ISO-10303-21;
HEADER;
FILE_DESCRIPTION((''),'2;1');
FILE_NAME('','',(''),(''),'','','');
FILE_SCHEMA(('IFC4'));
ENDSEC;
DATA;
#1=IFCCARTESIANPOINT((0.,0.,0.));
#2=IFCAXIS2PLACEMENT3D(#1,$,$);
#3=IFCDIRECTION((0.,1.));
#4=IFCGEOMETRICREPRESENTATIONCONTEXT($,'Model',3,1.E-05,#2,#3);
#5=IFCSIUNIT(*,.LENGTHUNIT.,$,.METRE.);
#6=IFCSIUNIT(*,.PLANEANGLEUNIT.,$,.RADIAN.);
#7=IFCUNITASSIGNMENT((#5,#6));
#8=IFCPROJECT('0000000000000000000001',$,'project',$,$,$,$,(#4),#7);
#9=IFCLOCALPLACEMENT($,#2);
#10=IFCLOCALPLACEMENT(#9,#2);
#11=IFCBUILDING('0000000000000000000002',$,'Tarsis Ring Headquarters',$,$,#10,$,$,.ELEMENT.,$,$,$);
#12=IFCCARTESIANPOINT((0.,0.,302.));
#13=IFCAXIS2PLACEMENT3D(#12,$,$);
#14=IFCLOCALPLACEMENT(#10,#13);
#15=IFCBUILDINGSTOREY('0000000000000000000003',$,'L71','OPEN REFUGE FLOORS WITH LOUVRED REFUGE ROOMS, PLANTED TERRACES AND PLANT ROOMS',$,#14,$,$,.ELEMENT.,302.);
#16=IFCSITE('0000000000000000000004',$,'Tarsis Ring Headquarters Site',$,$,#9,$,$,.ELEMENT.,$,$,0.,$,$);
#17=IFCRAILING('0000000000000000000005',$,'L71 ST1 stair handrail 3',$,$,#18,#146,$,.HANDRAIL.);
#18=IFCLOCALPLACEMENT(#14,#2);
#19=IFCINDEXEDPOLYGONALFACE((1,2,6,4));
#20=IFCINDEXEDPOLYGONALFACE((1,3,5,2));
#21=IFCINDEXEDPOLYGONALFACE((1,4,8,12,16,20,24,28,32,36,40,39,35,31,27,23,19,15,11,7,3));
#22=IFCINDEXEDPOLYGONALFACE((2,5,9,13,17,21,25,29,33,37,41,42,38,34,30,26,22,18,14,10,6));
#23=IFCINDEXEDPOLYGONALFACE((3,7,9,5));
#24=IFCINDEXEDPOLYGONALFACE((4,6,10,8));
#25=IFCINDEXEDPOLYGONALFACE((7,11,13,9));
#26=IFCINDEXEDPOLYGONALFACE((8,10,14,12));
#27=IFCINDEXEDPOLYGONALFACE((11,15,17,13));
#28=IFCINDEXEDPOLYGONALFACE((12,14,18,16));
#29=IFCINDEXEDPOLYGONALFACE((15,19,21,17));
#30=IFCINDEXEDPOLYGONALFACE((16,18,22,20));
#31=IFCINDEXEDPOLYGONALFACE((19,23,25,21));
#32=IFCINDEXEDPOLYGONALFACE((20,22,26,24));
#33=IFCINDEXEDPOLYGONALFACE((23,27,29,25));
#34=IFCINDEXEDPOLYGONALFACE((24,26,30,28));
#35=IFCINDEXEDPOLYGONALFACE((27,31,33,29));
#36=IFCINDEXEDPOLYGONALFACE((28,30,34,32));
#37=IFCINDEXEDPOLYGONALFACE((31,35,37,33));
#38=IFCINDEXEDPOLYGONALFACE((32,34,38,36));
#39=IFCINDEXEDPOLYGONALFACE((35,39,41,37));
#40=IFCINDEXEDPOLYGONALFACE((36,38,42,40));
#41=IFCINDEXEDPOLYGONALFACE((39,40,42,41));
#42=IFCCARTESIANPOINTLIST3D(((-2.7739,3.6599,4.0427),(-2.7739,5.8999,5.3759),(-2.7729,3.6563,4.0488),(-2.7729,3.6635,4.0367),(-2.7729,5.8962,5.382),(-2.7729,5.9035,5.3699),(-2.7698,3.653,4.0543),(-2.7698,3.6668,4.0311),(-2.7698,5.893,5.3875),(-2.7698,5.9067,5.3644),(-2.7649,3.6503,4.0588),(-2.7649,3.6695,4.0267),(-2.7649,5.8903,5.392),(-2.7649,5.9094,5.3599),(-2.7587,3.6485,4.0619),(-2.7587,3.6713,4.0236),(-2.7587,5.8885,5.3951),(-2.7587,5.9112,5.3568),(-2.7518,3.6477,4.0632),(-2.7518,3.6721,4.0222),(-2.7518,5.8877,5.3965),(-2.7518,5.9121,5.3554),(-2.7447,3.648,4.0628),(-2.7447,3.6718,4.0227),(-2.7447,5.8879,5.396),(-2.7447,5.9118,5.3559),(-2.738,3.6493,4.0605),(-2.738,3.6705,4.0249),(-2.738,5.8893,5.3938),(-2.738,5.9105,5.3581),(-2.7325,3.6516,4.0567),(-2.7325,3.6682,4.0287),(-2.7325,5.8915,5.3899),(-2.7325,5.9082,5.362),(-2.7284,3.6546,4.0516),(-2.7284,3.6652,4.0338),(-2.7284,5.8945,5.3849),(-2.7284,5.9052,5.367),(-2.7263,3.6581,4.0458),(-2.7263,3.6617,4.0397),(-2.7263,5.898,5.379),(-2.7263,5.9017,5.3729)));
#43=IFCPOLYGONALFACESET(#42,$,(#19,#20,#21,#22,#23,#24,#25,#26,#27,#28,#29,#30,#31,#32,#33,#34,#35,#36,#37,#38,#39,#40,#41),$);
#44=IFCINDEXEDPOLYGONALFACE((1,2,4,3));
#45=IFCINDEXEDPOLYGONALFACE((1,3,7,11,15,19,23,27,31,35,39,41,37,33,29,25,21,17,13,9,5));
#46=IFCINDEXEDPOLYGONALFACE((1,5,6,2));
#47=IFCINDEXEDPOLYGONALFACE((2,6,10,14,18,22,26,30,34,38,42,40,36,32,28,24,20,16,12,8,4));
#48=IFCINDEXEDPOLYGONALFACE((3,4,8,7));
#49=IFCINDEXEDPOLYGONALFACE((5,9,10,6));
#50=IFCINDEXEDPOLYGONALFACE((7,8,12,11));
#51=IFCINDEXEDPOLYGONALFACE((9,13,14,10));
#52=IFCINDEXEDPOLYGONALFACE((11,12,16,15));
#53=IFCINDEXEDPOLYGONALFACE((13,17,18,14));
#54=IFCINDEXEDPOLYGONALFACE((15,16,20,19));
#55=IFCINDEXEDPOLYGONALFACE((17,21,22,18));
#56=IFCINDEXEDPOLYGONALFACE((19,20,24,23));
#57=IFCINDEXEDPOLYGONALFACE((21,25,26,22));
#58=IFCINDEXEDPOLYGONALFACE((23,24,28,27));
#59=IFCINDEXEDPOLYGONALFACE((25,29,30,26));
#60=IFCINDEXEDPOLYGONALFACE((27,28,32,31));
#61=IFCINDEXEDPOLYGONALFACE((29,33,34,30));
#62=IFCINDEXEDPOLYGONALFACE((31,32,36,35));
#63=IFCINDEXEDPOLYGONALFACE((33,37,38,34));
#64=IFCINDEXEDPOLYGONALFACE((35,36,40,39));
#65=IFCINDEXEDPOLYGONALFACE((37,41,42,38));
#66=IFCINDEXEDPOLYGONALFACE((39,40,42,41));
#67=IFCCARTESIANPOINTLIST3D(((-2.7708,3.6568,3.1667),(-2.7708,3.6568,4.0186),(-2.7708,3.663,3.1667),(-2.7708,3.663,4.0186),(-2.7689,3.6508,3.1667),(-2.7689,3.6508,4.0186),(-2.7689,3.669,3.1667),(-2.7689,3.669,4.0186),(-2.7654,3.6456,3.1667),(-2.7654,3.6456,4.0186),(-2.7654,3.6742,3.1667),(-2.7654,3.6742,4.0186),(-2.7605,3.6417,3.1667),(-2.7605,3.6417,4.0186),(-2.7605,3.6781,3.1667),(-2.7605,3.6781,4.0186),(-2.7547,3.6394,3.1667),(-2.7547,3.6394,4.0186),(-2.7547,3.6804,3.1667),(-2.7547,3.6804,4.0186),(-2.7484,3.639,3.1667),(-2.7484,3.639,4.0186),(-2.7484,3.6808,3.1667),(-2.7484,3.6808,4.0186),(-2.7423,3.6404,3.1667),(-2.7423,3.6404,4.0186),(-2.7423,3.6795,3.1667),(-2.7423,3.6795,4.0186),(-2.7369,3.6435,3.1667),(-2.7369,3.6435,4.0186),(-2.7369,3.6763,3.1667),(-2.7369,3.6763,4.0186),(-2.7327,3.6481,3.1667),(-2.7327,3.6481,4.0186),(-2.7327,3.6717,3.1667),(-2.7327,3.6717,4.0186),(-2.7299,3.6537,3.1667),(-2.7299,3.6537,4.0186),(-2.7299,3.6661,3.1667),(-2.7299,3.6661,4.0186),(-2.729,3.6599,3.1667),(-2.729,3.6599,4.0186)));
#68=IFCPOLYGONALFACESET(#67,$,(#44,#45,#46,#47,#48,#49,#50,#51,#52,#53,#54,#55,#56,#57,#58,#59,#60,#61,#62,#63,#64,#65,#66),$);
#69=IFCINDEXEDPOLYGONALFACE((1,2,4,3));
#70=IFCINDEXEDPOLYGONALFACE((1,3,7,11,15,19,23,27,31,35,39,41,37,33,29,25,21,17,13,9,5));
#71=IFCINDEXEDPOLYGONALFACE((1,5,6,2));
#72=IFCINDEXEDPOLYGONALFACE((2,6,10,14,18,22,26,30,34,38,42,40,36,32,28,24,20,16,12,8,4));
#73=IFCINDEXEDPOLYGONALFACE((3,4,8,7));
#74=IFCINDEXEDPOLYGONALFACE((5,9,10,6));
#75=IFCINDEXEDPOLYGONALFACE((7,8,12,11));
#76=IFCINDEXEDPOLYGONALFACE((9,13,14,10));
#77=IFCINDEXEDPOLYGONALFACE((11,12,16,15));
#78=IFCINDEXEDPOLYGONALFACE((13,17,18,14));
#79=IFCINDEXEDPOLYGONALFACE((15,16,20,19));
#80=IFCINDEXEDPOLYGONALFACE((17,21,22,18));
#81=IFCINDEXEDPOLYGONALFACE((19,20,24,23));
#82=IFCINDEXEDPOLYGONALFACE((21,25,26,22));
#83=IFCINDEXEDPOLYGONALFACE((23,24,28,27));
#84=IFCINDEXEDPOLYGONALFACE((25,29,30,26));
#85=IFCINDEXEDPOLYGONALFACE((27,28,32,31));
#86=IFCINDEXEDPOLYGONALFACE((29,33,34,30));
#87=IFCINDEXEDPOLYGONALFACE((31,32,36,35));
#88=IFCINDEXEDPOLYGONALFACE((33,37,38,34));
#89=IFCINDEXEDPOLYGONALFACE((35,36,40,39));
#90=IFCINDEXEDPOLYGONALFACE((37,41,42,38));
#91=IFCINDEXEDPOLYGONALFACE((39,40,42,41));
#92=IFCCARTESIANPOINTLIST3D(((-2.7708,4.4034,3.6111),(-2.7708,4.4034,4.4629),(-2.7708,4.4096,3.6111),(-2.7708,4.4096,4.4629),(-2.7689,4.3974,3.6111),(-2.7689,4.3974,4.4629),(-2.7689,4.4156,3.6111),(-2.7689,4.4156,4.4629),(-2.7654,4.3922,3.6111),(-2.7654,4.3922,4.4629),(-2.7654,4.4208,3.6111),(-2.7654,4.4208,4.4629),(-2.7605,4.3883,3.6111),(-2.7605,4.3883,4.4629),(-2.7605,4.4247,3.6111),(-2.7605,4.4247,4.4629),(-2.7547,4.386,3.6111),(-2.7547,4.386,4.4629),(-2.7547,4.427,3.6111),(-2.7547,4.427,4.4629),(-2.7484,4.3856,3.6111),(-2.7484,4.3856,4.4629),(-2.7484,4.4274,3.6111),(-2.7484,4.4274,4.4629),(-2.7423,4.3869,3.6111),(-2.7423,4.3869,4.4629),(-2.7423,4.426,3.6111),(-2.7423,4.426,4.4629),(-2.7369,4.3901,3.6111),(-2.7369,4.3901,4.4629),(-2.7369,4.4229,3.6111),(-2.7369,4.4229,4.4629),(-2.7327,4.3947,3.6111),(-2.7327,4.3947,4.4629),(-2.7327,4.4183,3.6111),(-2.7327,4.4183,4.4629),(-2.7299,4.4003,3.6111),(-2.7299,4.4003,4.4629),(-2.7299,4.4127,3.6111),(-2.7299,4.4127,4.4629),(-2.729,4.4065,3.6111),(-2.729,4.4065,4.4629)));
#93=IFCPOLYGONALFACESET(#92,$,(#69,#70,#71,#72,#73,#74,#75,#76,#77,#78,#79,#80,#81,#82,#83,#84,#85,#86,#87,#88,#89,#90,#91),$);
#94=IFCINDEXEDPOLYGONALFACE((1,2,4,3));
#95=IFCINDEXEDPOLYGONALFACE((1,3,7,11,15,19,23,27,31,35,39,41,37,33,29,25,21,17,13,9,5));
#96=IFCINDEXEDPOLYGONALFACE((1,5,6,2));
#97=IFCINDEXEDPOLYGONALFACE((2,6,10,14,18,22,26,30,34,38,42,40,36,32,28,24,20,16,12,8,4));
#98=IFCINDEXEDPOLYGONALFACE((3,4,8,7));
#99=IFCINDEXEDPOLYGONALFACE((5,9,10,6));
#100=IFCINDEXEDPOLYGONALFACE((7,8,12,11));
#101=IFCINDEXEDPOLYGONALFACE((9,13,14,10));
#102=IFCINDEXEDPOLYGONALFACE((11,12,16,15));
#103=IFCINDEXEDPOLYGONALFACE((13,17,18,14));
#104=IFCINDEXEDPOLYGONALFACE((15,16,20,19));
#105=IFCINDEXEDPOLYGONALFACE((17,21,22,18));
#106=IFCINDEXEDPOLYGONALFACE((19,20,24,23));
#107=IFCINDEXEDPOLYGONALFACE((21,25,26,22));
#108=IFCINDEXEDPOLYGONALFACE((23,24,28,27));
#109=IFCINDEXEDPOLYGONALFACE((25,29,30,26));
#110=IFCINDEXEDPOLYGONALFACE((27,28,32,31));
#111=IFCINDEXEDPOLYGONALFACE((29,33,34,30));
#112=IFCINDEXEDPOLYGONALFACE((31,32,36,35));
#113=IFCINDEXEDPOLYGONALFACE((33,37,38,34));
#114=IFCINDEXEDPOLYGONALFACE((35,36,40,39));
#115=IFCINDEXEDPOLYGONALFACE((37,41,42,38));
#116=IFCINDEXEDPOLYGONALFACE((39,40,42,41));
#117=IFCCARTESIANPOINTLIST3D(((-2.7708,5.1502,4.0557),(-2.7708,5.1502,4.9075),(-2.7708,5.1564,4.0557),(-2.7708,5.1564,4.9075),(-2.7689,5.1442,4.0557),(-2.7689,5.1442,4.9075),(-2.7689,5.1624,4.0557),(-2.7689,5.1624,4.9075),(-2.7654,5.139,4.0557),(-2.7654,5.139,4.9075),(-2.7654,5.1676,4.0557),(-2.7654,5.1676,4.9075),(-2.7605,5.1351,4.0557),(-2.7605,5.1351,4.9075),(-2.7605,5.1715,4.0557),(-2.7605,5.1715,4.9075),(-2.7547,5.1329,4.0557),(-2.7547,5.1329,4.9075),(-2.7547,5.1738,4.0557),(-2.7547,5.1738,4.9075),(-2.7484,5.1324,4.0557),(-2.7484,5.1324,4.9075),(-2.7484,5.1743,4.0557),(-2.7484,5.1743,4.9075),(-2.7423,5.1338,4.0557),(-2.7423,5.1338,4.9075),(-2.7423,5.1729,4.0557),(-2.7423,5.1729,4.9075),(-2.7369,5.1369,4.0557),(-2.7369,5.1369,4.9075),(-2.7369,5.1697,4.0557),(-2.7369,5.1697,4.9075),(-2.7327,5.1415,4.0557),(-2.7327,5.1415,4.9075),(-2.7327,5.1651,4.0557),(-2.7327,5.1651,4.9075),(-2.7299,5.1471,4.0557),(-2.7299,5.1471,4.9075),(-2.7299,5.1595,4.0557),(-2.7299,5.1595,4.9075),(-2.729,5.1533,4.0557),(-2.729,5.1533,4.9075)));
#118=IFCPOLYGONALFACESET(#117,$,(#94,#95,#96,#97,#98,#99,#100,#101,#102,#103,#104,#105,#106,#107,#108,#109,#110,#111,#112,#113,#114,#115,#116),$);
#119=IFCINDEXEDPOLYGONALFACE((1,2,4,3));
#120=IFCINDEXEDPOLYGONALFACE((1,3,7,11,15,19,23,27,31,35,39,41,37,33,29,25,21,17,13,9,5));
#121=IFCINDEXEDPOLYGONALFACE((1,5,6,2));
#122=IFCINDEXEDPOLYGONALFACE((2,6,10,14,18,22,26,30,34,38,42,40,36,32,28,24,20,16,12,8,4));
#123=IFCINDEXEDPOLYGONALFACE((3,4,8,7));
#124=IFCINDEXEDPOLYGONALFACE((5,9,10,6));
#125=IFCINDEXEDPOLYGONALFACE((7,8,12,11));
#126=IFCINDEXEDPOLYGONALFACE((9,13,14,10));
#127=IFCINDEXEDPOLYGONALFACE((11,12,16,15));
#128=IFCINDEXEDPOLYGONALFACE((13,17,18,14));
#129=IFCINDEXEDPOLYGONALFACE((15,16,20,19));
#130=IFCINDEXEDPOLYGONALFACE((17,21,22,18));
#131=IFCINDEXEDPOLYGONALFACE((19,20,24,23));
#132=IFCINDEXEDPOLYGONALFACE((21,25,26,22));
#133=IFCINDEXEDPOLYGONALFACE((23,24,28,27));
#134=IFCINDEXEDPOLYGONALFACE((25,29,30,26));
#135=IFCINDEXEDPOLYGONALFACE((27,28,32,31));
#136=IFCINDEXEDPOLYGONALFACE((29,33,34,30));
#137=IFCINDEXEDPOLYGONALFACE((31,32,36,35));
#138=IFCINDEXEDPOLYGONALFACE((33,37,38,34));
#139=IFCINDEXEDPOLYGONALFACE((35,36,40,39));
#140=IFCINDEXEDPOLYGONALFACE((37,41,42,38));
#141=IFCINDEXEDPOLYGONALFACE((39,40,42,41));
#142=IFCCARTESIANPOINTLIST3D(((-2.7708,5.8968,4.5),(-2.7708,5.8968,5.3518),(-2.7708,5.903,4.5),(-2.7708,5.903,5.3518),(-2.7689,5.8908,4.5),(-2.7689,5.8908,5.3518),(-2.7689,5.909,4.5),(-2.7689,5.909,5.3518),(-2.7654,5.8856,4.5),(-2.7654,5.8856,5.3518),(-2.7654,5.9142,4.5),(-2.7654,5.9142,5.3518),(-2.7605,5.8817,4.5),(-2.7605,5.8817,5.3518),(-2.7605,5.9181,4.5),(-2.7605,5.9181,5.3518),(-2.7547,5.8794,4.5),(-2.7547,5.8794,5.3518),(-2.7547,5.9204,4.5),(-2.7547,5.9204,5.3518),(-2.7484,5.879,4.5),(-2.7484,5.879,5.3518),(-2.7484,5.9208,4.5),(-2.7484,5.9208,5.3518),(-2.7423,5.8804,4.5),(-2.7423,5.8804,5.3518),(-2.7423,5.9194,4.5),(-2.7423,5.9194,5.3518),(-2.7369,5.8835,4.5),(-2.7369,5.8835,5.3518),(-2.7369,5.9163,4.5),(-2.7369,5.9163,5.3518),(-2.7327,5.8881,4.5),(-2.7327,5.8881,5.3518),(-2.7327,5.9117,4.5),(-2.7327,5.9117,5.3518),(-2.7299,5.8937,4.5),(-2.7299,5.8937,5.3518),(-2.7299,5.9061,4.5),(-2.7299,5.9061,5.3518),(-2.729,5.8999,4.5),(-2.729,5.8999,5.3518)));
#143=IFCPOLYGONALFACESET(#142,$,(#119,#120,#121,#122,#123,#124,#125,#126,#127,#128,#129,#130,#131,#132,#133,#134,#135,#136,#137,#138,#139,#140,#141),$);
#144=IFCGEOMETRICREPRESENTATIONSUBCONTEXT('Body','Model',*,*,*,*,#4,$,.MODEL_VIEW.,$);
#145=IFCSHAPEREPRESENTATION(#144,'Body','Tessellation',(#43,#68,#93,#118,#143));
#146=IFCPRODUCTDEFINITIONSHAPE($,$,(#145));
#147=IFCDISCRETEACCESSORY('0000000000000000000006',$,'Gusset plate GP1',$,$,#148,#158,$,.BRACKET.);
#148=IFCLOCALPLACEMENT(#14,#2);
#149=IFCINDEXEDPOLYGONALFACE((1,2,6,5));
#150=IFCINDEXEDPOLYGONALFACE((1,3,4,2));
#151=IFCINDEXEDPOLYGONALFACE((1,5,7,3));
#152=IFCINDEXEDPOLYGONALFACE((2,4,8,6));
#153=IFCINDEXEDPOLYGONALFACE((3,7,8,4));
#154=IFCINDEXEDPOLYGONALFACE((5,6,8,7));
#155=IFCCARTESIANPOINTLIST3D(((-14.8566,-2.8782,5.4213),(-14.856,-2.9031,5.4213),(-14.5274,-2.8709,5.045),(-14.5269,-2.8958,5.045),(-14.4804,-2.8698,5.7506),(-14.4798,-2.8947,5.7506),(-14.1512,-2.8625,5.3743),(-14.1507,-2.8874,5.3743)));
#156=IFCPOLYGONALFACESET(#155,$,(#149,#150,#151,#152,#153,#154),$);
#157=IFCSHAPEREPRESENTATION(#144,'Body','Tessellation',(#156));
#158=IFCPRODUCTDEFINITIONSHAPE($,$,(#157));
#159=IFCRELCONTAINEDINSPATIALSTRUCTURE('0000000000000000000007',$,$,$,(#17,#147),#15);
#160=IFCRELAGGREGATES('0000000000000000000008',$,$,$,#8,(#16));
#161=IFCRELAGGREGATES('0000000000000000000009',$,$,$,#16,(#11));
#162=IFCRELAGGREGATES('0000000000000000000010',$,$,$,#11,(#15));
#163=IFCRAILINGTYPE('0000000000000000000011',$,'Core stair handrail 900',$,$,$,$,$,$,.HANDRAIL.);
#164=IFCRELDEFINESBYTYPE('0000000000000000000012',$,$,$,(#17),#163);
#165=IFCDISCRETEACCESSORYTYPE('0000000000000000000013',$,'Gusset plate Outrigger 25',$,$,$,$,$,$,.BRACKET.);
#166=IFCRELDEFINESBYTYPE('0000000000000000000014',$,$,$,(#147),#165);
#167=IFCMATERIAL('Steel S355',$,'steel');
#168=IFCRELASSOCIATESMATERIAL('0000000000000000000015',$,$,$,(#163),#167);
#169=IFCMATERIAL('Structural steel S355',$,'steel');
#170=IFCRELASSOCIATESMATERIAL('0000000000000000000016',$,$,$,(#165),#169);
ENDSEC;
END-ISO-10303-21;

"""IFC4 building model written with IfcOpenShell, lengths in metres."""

from ifc_helpers import new_model, si_unit, direction, frame, origin, origin_2d, place, context, subcontext, project, spatial, rectangle, circle, extrude, material, material_profile, profile_set, type_object, element, save


model = new_model("IFC4")

# Units and contexts
model_context = context("Model", 3, precision=1e-05, world=origin(), true_north=direction((0.0, 1.0)))
body_context = subcontext(model_context, "Body", "Model", "MODEL_VIEW")
ifc_project = project(units=[si_unit("LENGTHUNIT", "METRE"), si_unit("PLANEANGLEUNIT", "RADIAN")], contexts=[model_context])

# Site, building, storey
site_placement = place(None, origin())
site = spatial("IfcSite", under=ifc_project, at=site_placement, Name="Tarsis Ring Headquarters Site", CompositionType="ELEMENT", RefElevation=0.0)
building_placement = place(site_placement, origin())
building = spatial("IfcBuilding", under=site, at=building_placement, Name="Tarsis Ring Headquarters", CompositionType="ELEMENT")
storey_placement = place(building_placement, frame((0.0, 0.0, 302.0)))
storey = spatial("IfcBuildingStorey", under=building, at=storey_placement, Name="L71", Description="OPEN REFUGE FLOORS WITH LOUVRED REFUGE ROOMS, PLANTED TERRACES AND PLANT ROOMS", CompositionType="ELEMENT", Elevation=302.0)

# Shared definitions
ifc_material_1 = material(Name="Structural steel S355", Category="steel")

# Shared definitions
ifc_material_2 = material(Name="Steel S355", Category="steel")

# Railing
railing_type_1 = type_object("IfcRailingType", Name="Core stair handrail 900", PredefinedType="HANDRAIL", material=ifc_material_2)
for number, where, name in (
    (1, (-2.75, 3.6599, 3.1667), "L71 ST1 stair handrail 3"),
):
    element("IfcRailing", number, at=place(storey_placement, frame(where)), inside=storey, type_object=railing_type_1, Name=name, PredefinedType="HANDRAIL", context=body_context, shape_type="SweptSolid", body=[
        extrude(circle(Radius=0.0239, at=origin_2d()), frame((0.0, 0.0, 0.876), z_axis=(0.0, 0.859306, 0.511462), x_axis=(-1.0, 0.0, 0.0)), (0.0, 0.0, 1.0), 2.6067),
        extrude(circle(Radius=0.021, at=origin_2d()), origin(), (0.0, 0.0, 1.0), 0.8518),
        extrude(circle(Radius=0.021, at=origin_2d()), frame((0.0, 0.7466, 0.4443)), (0.0, 0.0, 1.0), 0.8518),
        extrude(circle(Radius=0.021, at=origin_2d()), frame((0.0, 1.4934, 0.8889)), (0.0, 0.0, 1.0), 0.8518),
        extrude(circle(Radius=0.021, at=origin_2d()), frame((0.0, 2.24, 1.3333)), (0.0, 0.0, 1.0), 0.8518),
    ])

# Discrete accessory
ifc_material_profile_1 = material_profile(ifc_material_1, rectangle(XDim=0.0249, YDim=0.5, at=origin_2d()), Name="PL 25x500")
ifc_profile_set_1 = profile_set([ifc_material_profile_1], Name="Structural steel S355")
discrete_accessory_type = type_object("IfcDiscreteAccessoryType", Name="Gusset plate Outrigger 25", PredefinedType="BRACKET", material=ifc_profile_set_1)
discrete_accessory_placement = place(storey_placement, frame((-14.6682, -2.8865, 5.5859), z_axis=(0.65833, 0.014651, -0.752587), x_axis=(-0.02225, 0.999752, 0.0)))
element("IfcDiscreteAccessory", 2, at=discrete_accessory_placement, inside=storey, type_object=discrete_accessory_type, Name="Gusset plate GP1", PredefinedType="BRACKET", context=body_context, shape_type="SweptSolid", body=[
    extrude(rectangle(XDim=0.0249, YDim=0.5, at=origin_2d()), origin(), (0.0, 0.0, 1.0), 0.5),
])

save(model, "model.ifc")
